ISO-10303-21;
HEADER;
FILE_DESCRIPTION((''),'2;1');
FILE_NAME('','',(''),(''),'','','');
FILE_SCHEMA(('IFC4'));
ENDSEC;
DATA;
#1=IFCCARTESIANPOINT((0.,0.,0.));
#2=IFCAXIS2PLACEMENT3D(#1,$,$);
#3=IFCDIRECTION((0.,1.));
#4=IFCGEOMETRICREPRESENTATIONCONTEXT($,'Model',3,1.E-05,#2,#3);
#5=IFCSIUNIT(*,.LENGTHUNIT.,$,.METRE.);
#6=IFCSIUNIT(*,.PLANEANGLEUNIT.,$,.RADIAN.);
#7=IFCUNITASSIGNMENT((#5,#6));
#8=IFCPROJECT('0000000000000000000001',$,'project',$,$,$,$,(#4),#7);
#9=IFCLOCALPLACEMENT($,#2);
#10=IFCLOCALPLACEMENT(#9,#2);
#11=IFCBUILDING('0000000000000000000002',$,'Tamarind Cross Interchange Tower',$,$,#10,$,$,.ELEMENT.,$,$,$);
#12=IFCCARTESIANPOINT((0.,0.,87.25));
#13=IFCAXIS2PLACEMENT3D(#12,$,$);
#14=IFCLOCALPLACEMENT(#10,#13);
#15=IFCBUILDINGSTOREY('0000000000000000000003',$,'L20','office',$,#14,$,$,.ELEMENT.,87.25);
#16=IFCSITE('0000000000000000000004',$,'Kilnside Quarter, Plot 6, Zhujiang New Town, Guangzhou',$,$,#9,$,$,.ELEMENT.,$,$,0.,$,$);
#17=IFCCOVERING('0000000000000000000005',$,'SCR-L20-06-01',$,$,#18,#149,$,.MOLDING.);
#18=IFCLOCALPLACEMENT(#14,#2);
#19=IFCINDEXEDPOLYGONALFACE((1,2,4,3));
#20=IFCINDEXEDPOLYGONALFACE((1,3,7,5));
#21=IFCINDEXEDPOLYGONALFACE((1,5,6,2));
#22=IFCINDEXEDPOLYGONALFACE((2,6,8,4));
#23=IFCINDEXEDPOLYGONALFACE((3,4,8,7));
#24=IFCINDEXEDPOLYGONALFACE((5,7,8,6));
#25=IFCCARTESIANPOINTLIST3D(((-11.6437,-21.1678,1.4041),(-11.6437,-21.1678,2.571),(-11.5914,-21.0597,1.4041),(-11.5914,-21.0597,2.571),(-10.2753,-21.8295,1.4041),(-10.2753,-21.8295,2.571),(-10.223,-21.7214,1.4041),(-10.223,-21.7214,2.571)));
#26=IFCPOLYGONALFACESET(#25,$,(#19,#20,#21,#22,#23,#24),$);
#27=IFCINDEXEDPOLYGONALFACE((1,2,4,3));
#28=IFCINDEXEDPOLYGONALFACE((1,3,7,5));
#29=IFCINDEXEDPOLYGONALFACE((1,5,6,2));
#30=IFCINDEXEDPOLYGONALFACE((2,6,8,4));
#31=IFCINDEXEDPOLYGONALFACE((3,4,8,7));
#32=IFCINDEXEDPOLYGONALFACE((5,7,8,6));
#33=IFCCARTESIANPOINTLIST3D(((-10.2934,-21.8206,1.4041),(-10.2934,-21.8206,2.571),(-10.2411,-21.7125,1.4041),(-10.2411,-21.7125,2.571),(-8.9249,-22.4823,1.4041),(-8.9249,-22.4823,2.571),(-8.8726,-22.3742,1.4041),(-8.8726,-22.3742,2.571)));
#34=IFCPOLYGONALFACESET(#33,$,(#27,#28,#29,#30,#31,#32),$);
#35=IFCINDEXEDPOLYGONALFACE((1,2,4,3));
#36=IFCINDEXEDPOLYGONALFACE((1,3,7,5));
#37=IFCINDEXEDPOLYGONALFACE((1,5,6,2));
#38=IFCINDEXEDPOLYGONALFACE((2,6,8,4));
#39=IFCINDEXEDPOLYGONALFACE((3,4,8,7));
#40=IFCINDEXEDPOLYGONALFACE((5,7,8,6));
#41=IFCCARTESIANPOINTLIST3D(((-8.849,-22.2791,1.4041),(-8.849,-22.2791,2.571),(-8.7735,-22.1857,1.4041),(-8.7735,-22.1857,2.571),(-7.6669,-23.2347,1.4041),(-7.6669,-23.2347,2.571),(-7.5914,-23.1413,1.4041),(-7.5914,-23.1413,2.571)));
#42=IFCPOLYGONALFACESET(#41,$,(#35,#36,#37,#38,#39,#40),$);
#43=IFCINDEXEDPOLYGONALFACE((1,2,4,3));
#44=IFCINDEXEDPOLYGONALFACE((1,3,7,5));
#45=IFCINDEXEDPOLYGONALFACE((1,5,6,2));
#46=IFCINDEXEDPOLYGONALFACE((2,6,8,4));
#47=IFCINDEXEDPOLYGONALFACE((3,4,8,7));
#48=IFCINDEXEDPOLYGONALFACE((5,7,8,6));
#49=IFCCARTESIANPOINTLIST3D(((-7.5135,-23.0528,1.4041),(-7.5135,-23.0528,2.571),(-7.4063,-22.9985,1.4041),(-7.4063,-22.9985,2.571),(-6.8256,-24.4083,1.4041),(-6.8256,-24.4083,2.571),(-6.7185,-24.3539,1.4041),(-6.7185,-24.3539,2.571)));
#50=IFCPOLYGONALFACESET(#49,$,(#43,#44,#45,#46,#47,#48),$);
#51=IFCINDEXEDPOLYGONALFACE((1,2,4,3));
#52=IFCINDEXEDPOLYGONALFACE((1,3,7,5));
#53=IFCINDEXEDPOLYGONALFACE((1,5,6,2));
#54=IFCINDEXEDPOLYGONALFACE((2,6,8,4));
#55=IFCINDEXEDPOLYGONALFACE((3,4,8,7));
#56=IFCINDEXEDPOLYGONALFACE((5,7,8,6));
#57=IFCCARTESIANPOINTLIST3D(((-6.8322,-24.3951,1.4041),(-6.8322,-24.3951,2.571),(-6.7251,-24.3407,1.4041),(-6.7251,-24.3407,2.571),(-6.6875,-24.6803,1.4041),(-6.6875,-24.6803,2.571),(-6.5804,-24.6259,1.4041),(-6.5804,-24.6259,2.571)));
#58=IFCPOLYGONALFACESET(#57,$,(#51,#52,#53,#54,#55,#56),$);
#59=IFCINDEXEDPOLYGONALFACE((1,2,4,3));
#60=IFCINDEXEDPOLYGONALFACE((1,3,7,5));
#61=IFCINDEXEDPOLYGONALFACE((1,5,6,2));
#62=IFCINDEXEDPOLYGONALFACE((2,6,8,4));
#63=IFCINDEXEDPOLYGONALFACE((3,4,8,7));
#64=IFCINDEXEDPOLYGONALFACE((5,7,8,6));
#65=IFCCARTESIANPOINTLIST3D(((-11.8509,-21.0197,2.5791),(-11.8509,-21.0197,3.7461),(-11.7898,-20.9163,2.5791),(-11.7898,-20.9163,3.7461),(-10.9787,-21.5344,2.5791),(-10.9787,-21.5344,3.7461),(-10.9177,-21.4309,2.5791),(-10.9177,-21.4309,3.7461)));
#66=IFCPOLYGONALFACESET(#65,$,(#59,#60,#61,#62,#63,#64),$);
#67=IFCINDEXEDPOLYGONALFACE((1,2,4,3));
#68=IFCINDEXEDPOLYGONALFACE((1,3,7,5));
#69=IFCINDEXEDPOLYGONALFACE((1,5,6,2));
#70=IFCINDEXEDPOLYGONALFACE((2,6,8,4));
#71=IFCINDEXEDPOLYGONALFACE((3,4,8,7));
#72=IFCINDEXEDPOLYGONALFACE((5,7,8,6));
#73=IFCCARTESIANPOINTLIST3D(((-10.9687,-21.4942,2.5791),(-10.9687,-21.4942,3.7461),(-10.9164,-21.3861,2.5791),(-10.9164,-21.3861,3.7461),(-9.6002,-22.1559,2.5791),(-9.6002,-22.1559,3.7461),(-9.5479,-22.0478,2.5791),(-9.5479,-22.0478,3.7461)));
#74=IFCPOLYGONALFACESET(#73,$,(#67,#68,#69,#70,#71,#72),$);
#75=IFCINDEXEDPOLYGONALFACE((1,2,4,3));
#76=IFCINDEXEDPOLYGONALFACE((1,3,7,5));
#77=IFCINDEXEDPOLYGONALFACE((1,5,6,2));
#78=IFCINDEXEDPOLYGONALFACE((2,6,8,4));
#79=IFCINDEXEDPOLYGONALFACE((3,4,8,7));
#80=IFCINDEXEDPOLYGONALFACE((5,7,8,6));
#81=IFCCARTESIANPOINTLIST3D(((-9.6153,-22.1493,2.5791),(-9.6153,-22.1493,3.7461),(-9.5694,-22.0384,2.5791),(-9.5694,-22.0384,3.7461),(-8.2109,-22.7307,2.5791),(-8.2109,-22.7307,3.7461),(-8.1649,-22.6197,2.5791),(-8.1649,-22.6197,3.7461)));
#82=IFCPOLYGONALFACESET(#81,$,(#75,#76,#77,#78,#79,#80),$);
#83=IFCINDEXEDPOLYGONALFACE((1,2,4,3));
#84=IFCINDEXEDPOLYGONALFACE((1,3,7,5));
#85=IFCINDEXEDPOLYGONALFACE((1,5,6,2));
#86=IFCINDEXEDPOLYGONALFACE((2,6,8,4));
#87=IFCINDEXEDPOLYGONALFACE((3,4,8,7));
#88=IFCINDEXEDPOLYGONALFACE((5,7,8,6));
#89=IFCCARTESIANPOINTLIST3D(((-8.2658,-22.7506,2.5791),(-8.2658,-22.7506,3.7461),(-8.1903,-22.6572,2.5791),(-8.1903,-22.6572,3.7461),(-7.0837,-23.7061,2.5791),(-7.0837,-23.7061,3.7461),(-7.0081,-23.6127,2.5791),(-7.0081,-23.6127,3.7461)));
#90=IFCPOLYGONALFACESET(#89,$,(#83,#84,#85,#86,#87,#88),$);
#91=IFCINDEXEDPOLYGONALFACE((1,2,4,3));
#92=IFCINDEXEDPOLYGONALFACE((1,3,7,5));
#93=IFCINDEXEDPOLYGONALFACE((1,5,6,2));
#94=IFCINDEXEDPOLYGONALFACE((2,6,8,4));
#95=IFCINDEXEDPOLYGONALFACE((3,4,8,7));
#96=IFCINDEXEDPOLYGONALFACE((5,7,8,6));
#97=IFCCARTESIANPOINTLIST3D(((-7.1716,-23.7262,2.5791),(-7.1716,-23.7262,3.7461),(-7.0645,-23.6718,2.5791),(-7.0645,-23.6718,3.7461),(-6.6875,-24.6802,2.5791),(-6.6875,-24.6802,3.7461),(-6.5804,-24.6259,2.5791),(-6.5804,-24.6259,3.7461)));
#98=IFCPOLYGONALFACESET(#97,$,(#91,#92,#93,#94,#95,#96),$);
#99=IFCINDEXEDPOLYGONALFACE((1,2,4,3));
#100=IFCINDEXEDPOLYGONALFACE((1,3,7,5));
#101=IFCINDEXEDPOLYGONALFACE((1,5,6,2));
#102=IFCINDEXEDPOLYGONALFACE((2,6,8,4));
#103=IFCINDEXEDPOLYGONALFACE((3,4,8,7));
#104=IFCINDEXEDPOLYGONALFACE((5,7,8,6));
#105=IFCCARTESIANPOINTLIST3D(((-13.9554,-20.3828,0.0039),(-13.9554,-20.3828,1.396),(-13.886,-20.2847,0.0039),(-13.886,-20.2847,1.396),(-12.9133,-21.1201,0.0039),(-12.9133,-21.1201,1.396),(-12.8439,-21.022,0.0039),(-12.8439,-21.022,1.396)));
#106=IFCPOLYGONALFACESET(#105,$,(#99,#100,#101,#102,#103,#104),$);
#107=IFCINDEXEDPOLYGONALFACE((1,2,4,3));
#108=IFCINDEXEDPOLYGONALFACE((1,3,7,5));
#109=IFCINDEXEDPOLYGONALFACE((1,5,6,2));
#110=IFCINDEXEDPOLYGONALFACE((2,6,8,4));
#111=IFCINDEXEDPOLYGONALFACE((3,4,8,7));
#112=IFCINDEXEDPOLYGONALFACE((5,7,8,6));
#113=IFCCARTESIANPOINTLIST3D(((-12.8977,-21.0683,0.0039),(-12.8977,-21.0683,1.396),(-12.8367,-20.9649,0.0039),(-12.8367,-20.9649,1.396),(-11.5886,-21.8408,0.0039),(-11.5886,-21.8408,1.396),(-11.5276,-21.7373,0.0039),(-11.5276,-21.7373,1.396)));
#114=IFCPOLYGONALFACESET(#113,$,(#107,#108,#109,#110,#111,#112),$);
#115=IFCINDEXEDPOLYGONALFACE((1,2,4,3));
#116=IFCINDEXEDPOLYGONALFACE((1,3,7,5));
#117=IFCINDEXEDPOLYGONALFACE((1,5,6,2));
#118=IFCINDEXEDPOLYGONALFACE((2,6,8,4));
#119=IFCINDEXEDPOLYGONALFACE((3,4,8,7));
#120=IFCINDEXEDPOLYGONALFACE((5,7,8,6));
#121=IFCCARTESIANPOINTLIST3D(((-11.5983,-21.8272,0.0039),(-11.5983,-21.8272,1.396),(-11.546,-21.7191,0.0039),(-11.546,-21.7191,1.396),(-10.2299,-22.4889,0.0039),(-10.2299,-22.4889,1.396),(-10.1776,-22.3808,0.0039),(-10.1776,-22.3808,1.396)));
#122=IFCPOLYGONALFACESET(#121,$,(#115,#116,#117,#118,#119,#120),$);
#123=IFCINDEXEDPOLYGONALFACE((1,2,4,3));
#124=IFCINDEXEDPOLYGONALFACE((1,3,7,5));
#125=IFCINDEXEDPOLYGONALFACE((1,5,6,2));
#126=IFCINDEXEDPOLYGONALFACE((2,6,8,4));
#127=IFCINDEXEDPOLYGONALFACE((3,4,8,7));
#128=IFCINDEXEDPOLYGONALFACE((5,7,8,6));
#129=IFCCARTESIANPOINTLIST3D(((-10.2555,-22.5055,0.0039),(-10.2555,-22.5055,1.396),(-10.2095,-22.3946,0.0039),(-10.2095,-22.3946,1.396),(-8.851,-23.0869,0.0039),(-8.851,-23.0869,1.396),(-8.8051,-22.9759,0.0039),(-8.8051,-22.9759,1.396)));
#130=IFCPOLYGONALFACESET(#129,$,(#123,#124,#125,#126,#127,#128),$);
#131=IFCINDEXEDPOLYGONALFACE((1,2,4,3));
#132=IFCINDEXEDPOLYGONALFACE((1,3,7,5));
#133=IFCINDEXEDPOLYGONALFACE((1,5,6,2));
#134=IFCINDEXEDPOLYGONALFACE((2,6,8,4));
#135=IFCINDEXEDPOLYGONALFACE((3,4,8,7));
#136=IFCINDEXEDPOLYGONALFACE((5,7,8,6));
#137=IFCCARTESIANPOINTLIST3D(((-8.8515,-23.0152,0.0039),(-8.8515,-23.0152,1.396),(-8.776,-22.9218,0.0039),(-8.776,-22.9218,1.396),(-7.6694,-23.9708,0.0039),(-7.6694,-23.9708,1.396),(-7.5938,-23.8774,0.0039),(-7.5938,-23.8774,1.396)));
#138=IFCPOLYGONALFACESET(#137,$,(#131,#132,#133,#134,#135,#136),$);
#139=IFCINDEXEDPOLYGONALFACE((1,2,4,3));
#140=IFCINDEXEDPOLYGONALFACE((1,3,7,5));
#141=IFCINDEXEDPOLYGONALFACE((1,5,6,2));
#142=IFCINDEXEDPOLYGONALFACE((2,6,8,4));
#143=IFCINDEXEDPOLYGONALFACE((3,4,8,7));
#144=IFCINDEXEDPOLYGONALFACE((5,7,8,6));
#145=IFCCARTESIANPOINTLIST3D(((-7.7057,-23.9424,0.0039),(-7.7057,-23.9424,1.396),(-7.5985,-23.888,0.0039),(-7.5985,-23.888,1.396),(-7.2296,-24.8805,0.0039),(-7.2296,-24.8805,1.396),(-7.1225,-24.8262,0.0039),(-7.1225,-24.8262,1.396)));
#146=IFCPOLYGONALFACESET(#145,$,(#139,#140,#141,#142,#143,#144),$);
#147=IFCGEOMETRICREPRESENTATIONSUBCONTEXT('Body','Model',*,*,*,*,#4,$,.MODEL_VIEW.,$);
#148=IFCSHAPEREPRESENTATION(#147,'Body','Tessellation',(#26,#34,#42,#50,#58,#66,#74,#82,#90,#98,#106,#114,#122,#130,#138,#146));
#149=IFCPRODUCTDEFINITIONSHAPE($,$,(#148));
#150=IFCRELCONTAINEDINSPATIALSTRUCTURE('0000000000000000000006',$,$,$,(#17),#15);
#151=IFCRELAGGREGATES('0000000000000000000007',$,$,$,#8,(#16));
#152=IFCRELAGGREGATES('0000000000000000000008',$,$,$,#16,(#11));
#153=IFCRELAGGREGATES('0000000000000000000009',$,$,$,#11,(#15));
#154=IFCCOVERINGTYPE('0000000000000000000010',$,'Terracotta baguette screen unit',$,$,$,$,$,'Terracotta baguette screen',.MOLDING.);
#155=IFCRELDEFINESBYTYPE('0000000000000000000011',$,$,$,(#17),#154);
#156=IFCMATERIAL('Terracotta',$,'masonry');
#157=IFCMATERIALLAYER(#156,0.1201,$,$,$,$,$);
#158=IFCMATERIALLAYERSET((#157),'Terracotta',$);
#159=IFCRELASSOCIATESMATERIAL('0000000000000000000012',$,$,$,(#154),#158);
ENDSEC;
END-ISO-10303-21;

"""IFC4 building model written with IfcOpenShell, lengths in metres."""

from ifc_helpers import new_model, si_unit, direction, frame, origin, origin_2d, place, context, subcontext, project, spatial, rectangle, extrude, material, layer, layer_set, type_object, element, save


model = new_model("IFC4")

# Units and contexts
model_context = context("Model", 3, precision=1e-05, world=origin(), true_north=direction((0.0, 1.0)))
body_context = subcontext(model_context, "Body", "Model", "MODEL_VIEW")
ifc_project = project(units=[si_unit("LENGTHUNIT", "METRE"), si_unit("PLANEANGLEUNIT", "RADIAN")], contexts=[model_context])

# Site, building, storey
site_placement = place(None, origin())
site = spatial("IfcSite", under=ifc_project, at=site_placement, Name="Kilnside Quarter, Plot 6, Zhujiang New Town, Guangzhou", CompositionType="ELEMENT", RefElevation=0.0)
building_placement = place(site_placement, origin())
building = spatial("IfcBuilding", under=site, at=building_placement, Name="Tamarind Cross Interchange Tower", CompositionType="ELEMENT")
storey_placement = place(building_placement, frame((0.0, 0.0, 87.25)))
storey = spatial("IfcBuildingStorey", under=building, at=storey_placement, Name="L20", Description="office", CompositionType="ELEMENT", Elevation=87.25)

# Covering
ifc_material_1 = material(Name="Terracotta", Category="masonry")
ifc_layer_1 = layer(ifc_material_1, 0.1201)
ifc_layer_set_1 = layer_set([ifc_layer_1], Name="Terracotta")
covering_type = type_object("IfcCoveringType", Name="Terracotta baguette screen unit", ElementType="Terracotta baguette screen", PredefinedType="MOLDING", material=ifc_layer_set_1)
covering_1_placement = place(storey_placement, origin())
element("IfcCovering", 1, at=covering_1_placement, inside=storey, type_object=covering_type, Name="SCR-L20-06-01", PredefinedType="MOLDING", context=body_context, shape_type="SweptSolid", body=[
    extrude(rectangle(XDim=1.52, YDim=0.1201, at=origin_2d()), frame((-10.9333, -21.4446, 1.4041), z_axis=(0.0, 0.0, 1.0), x_axis=(0.900273, -0.435326, 0.0)), (0.0, 0.0, 1.0), 1.167),
    extrude(rectangle(XDim=1.52, YDim=0.1201, at=origin_2d()), frame((-9.583, -22.0974, 1.4041), z_axis=(0.0, 0.0, 1.0), x_axis=(0.900273, -0.435326, 0.0)), (0.0, 0.0, 1.0), 1.167),
    extrude(rectangle(XDim=1.52, YDim=0.1201, at=origin_2d()), frame((-8.2202, -22.7102, 1.4041), z_axis=(0.0, 0.0, 1.0), x_axis=(0.777699, -0.628637, 0.0)), (0.0, 0.0, 1.0), 1.167),
    extrude(rectangle(XDim=1.52, YDim=0.1201, at=origin_2d()), frame((-7.116, -23.7034, 1.4041), z_axis=(0.0, 0.0, 1.0), x_axis=(0.452536, -0.891746, 0.0)), (0.0, 0.0, 1.0), 1.167),
    extrude(rectangle(XDim=0.3198, YDim=0.1201, at=origin_2d()), frame((-6.7063, -24.5105, 1.4041), z_axis=(0.0, 0.0, 1.0), x_axis=(0.452536, -0.891746, 0.0)), (0.0, 0.0, 1.0), 1.167),
    extrude(rectangle(XDim=1.0127, YDim=0.1201, at=origin_2d()), frame((-11.3843, -21.2253, 2.5791), z_axis=(0.0, 0.0, 1.0), x_axis=(0.861249, -0.508183, 0.0)), (0.0, 0.0, 1.0), 1.167),
    extrude(rectangle(XDim=1.52, YDim=0.1201, at=origin_2d()), frame((-10.2583, -21.771, 2.5791), z_axis=(0.0, 0.0, 1.0), x_axis=(0.900273, -0.435326, 0.0)), (0.0, 0.0, 1.0), 1.167),
    extrude(rectangle(XDim=1.52, YDim=0.1201, at=origin_2d()), frame((-8.8901, -22.3845, 2.5791), z_axis=(0.0, 0.0, 1.0), x_axis=(0.923969, -0.382467, 0.0)), (0.0, 0.0, 1.0), 1.167),
    extrude(rectangle(XDim=1.52, YDim=0.1201, at=origin_2d()), frame((-7.637, -23.1816, 2.5791), z_axis=(0.0, 0.0, 1.0), x_axis=(0.777699, -0.628637, 0.0)), (0.0, 0.0, 1.0), 1.167),
    extrude(rectangle(XDim=1.0698, YDim=0.1201, at=origin_2d()), frame((-6.876, -24.176, 2.5791), z_axis=(0.0, 0.0, 1.0), x_axis=(0.452536, -0.891746, 0.0)), (0.0, 0.0, 1.0), 1.167),
    extrude(rectangle(XDim=1.2766, YDim=0.1201, at=origin_2d()), frame((-13.3997, -20.7024, 0.0039), z_axis=(0.0, 0.0, 1.0), x_axis=(0.816342, -0.577569, 0.0)), (0.0, 0.0, 1.0), 1.3921),
    extrude(rectangle(XDim=1.52, YDim=0.1201, at=origin_2d()), frame((-12.2126, -21.4028, 0.0039), z_axis=(0.0, 0.0, 1.0), x_axis=(0.861249, -0.508183, 0.0)), (0.0, 0.0, 1.0), 1.3921),
    extrude(rectangle(XDim=1.52, YDim=0.1201, at=origin_2d()), frame((-10.8879, -22.104, 0.0039), z_axis=(0.0, 0.0, 1.0), x_axis=(0.900273, -0.435326, 0.0)), (0.0, 0.0, 1.0), 1.3921),
    extrude(rectangle(XDim=1.52, YDim=0.1201, at=origin_2d()), frame((-9.5303, -22.7407, 0.0039), z_axis=(0.0, 0.0, 1.0), x_axis=(0.923969, -0.382467, 0.0)), (0.0, 0.0, 1.0), 1.3921),
    extrude(rectangle(XDim=1.52, YDim=0.1201, at=origin_2d()), frame((-8.2227, -23.4463, 0.0039), z_axis=(0.0, 0.0, 1.0), x_axis=(0.777699, -0.628637, 0.0)), (0.0, 0.0, 1.0), 1.3921),
    extrude(rectangle(XDim=1.052, YDim=0.1201, at=origin_2d()), frame((-7.4141, -24.3843, 0.0039), z_axis=(0.0, 0.0, 1.0), x_axis=(0.452536, -0.891746, 0.0)), (0.0, 0.0, 1.0), 1.3921),
])

save(model, "model.ifc")
